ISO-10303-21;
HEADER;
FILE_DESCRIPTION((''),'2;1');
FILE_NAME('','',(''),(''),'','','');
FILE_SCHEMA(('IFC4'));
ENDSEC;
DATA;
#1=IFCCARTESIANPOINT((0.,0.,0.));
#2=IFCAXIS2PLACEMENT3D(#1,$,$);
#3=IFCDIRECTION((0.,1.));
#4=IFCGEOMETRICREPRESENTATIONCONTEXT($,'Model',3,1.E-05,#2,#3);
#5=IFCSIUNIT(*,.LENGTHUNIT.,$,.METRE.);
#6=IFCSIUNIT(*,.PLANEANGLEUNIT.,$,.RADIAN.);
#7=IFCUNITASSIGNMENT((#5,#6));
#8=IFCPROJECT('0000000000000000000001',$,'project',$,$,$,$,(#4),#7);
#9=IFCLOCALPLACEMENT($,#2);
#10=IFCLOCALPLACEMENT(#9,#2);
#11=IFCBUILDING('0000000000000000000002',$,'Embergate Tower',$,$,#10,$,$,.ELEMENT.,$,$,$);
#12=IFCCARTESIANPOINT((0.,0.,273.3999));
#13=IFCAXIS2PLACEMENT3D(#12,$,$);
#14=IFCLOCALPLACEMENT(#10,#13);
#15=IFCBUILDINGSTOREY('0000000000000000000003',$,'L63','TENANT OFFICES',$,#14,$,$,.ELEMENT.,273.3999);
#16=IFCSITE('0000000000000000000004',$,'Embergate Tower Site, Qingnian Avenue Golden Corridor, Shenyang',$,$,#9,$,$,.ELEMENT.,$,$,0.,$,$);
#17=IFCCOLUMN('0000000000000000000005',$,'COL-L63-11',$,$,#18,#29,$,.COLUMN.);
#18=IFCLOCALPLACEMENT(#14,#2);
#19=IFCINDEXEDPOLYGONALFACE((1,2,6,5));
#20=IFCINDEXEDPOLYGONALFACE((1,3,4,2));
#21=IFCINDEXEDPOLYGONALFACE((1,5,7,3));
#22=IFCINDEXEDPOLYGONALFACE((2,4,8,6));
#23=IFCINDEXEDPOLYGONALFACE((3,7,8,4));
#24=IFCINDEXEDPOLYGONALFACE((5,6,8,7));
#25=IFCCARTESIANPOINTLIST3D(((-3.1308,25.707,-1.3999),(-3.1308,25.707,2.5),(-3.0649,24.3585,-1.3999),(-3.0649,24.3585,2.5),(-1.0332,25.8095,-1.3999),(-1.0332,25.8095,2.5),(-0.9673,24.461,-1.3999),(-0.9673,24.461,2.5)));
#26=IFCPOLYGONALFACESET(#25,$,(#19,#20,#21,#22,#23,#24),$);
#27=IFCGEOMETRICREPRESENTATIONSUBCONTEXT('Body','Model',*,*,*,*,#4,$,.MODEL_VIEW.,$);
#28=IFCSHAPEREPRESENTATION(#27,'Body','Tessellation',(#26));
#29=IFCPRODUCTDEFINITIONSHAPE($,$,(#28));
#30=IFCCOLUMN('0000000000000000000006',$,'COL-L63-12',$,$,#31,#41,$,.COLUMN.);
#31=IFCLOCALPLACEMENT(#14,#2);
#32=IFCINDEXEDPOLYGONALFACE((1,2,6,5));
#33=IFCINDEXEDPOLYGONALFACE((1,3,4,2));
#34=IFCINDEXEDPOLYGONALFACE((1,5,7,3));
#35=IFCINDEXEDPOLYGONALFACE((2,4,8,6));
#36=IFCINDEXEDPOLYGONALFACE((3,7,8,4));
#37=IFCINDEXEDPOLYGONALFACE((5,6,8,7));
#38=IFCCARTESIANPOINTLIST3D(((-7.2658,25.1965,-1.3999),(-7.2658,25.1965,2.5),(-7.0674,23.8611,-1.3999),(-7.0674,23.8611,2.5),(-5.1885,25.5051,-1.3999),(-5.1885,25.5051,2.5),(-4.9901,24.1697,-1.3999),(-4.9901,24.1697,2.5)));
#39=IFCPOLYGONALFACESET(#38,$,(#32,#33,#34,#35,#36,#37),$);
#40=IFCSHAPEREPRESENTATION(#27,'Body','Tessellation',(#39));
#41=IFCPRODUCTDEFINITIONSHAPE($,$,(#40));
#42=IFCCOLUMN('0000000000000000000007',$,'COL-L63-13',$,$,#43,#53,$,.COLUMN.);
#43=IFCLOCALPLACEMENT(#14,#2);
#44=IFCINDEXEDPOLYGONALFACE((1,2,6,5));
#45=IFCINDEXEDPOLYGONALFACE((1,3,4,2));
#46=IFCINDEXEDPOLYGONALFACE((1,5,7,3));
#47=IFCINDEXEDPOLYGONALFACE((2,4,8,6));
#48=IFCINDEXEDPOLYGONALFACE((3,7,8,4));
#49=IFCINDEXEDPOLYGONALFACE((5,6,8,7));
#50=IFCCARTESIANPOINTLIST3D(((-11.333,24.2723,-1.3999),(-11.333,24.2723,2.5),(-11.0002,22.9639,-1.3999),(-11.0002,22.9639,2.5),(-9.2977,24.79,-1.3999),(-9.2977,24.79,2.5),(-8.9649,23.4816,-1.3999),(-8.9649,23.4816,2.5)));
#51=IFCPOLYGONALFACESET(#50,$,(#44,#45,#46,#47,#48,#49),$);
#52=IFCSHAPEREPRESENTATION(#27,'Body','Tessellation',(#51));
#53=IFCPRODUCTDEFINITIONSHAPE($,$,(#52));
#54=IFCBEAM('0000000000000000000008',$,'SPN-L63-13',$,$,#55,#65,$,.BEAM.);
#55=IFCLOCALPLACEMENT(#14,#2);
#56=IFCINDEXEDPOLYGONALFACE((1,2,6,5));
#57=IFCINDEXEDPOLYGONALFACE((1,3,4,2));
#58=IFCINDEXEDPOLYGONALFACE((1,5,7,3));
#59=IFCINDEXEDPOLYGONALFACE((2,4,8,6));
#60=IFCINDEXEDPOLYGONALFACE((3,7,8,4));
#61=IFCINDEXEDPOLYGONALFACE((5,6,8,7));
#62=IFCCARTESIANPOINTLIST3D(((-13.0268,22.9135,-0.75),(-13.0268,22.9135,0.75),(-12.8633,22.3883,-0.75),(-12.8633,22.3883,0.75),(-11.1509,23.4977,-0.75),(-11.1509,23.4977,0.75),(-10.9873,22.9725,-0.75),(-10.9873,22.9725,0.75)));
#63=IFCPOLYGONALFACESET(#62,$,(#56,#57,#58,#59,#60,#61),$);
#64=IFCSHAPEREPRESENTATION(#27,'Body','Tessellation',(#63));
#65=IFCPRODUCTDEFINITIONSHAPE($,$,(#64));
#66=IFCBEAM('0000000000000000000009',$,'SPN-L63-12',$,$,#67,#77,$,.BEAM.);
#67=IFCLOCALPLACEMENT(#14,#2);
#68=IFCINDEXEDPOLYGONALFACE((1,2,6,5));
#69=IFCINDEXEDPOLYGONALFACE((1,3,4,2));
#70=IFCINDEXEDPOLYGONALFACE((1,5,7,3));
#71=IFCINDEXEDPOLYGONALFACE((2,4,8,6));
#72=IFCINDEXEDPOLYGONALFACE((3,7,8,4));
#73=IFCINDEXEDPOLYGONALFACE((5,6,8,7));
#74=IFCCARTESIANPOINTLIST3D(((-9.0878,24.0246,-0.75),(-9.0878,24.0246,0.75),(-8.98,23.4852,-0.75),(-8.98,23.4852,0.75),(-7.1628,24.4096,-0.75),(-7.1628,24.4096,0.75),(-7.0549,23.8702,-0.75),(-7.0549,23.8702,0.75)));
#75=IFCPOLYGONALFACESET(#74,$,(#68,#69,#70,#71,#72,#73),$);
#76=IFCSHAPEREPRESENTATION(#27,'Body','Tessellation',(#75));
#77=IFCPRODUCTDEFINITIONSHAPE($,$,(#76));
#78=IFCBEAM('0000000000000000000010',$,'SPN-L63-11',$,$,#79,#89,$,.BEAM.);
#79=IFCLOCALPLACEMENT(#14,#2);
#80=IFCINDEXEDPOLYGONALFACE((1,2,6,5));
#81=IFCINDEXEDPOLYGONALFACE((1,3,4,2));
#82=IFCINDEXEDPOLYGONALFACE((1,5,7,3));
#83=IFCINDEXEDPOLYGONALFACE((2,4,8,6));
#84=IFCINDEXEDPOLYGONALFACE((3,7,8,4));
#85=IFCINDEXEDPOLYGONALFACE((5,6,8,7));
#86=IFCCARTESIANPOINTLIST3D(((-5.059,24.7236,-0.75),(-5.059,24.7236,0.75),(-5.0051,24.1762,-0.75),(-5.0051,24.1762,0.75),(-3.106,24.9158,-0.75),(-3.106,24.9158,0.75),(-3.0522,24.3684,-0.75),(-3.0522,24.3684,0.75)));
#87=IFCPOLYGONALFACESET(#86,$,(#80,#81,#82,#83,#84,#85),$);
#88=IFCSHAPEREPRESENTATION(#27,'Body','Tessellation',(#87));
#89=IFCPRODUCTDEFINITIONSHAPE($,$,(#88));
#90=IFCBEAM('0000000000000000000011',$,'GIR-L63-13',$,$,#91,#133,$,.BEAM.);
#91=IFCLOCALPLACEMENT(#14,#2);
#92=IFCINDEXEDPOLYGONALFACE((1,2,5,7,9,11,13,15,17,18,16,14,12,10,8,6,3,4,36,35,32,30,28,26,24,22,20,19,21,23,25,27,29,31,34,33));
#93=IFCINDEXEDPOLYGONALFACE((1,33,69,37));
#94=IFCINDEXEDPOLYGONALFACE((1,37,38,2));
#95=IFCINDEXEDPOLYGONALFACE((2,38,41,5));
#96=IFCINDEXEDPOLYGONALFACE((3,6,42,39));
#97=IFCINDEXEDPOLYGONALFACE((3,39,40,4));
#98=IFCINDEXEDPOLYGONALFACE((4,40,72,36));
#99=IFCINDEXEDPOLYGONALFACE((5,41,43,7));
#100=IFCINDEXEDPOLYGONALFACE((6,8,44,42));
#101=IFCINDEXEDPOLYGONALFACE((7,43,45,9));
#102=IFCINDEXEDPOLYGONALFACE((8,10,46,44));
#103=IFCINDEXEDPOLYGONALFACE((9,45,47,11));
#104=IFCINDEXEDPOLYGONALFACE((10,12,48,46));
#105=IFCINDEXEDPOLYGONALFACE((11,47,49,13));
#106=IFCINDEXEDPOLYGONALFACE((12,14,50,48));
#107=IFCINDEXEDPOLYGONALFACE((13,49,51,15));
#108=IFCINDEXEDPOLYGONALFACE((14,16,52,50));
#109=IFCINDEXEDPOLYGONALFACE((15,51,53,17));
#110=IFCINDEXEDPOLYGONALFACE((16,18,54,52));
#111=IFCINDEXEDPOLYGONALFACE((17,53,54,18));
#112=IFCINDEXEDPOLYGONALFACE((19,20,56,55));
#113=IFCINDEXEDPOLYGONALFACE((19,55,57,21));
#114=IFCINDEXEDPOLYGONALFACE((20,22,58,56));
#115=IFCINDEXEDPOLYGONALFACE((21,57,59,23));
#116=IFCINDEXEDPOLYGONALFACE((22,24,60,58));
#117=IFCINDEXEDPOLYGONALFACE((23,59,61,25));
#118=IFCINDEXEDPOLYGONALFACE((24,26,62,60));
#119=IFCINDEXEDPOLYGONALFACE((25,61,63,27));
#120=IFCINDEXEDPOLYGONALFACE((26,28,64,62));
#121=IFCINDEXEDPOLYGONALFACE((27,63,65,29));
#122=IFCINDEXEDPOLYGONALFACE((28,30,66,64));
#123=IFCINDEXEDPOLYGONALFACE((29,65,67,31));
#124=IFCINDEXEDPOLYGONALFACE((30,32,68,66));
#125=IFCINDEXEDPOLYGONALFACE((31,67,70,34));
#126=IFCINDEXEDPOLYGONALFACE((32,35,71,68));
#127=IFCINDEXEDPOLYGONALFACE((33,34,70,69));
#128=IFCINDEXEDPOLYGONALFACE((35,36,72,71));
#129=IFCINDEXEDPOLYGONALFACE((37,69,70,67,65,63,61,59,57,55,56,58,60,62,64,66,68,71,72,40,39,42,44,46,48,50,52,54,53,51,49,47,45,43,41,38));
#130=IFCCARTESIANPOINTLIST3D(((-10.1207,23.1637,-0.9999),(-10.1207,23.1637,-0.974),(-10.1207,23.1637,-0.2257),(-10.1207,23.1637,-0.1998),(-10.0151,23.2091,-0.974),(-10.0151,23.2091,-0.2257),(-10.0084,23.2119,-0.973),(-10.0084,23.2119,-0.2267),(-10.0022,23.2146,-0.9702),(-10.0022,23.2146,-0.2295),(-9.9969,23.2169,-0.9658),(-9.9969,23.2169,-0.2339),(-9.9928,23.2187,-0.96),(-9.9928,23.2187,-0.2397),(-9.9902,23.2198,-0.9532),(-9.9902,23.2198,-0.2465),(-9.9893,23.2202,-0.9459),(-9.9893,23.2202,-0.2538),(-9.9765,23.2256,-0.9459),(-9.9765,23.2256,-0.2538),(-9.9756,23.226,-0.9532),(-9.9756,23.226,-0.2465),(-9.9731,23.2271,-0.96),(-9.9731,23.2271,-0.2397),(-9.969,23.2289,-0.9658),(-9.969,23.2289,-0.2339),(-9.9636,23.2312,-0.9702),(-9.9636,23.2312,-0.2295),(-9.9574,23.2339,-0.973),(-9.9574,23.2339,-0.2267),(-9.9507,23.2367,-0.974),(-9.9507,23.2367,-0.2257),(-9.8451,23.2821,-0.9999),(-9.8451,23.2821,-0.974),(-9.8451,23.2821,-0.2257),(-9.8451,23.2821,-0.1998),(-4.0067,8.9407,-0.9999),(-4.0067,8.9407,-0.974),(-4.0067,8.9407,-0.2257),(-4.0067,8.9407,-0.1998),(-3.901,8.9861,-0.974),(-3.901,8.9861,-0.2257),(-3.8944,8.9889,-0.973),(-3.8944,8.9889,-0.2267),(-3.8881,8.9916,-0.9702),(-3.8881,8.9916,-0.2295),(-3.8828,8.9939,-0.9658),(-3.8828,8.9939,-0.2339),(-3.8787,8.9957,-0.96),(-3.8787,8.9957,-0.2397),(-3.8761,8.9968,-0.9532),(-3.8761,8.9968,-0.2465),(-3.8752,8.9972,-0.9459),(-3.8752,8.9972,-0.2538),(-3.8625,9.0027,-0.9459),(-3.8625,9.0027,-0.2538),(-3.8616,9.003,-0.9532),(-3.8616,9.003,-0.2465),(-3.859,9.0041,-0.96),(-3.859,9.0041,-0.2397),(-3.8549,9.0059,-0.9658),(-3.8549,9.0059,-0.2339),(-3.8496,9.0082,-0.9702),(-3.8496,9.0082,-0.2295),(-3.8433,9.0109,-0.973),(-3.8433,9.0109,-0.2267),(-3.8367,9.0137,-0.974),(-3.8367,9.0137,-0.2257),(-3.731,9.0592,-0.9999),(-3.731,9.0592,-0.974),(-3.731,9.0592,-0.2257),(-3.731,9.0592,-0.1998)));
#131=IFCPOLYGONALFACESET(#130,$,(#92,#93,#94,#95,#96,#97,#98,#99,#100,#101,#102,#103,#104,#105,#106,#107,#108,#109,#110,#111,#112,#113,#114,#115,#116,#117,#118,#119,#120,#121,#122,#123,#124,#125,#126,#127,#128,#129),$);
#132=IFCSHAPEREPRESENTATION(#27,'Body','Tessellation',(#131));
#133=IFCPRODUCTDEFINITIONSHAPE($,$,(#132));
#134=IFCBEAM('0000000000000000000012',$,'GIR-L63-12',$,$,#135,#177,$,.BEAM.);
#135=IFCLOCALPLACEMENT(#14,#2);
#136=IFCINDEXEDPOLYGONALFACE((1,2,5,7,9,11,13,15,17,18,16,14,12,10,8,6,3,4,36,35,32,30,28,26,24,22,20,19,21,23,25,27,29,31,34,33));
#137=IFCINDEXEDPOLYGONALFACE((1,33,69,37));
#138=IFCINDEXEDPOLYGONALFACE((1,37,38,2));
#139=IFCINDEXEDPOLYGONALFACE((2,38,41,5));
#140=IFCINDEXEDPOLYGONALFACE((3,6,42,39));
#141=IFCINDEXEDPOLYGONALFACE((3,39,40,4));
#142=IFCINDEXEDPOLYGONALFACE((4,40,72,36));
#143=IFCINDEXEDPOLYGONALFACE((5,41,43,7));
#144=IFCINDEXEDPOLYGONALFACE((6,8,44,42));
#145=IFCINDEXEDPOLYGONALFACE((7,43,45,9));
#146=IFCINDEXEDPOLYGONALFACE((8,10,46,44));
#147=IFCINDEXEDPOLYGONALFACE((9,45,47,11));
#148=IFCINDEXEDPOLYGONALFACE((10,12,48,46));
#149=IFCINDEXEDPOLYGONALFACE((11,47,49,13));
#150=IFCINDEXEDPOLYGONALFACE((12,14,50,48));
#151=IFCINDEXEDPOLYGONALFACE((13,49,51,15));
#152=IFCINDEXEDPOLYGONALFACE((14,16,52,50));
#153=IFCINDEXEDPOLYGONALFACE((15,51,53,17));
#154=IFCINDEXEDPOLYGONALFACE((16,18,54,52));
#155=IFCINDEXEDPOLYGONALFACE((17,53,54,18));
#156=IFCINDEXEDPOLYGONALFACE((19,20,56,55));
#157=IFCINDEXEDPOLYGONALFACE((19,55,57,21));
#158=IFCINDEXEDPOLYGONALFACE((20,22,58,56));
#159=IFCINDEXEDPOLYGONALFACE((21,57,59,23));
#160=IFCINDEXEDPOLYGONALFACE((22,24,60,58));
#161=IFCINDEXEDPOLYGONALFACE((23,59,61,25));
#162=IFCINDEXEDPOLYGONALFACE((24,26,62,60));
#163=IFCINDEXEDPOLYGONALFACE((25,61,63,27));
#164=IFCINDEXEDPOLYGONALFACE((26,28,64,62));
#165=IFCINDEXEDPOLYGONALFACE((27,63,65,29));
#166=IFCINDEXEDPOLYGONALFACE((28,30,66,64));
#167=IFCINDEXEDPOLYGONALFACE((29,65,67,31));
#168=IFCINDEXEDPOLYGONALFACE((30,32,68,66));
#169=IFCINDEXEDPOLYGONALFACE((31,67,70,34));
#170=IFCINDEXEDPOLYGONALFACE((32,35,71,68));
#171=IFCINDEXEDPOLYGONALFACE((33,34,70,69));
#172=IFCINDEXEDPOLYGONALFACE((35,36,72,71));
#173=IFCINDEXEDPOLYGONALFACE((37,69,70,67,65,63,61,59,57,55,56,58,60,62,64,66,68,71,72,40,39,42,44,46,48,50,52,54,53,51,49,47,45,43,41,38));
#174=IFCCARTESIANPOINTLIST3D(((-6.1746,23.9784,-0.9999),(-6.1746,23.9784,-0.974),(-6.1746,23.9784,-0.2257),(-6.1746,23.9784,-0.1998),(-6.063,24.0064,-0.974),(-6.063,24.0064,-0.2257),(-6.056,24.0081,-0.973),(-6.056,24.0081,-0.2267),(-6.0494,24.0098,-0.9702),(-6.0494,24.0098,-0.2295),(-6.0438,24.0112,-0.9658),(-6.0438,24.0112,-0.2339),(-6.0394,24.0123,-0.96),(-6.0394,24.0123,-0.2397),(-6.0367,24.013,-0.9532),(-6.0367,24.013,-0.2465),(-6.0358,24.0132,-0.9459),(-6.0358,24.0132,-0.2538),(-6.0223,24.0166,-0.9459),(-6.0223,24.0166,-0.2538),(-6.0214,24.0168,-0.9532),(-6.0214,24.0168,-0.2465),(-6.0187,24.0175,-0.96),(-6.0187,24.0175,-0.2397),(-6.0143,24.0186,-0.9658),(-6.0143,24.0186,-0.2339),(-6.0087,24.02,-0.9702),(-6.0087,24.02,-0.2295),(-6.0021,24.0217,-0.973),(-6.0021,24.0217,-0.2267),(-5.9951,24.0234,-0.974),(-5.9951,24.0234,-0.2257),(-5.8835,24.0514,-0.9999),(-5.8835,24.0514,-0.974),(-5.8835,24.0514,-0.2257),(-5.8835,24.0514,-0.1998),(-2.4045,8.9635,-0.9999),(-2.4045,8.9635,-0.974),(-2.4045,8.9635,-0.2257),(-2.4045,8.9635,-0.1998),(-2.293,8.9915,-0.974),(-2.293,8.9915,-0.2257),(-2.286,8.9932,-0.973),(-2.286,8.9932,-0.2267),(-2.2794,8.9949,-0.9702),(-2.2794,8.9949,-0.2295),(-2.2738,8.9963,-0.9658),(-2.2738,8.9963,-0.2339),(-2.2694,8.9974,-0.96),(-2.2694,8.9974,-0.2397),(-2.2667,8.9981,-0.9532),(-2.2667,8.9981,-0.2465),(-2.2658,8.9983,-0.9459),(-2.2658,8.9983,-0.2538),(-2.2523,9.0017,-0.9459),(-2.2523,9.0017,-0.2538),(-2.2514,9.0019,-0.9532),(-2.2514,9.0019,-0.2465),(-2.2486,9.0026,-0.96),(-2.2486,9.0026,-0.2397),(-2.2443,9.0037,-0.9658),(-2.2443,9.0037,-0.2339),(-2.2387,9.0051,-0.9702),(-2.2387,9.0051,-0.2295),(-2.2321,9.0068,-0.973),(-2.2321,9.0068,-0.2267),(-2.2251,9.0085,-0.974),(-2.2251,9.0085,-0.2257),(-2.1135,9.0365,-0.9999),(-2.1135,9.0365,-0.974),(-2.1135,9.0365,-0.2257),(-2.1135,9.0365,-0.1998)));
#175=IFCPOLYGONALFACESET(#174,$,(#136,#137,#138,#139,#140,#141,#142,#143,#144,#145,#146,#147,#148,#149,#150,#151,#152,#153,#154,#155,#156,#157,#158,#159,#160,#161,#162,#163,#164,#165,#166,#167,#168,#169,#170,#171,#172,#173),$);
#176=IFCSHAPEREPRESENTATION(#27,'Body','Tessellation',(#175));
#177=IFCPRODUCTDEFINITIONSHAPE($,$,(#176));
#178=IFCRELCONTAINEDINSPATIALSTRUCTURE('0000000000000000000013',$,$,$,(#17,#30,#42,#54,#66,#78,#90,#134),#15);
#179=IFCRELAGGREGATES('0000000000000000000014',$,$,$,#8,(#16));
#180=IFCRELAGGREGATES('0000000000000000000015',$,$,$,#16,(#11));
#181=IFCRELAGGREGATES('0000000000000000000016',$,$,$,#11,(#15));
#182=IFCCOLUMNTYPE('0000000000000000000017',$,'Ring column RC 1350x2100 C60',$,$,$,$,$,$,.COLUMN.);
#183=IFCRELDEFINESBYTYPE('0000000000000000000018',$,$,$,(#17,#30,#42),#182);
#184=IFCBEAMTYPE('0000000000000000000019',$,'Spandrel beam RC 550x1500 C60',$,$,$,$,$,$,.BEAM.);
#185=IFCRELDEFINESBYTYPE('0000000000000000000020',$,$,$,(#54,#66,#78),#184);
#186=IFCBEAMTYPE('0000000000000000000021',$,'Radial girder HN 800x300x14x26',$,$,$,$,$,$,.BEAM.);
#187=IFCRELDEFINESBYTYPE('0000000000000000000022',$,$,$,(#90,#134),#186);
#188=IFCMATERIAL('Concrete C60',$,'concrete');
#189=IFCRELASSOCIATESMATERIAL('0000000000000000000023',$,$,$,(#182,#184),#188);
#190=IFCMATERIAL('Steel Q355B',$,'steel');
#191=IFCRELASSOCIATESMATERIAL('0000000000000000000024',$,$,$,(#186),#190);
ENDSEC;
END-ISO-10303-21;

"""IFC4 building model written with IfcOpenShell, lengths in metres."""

from ifc_helpers import new_model, si_unit, direction, frame, origin, origin_2d, place, context, subcontext, project, spatial, rectangle, i_section, extrude, source, transform, mapped, material, material_profile, profile_set, type_object, element, save


model = new_model("IFC4")

# Units and contexts
model_context = context("Model", 3, precision=1e-05, world=origin(), true_north=direction((0.0, 1.0)))
body_context = subcontext(model_context, "Body", "Model", "MODEL_VIEW")
ifc_project = project(units=[si_unit("LENGTHUNIT", "METRE"), si_unit("PLANEANGLEUNIT", "RADIAN")], contexts=[model_context])

# Site, building, storey
site_placement = place(None, origin())
site = spatial("IfcSite", under=ifc_project, at=site_placement, Name="Embergate Tower Site, Qingnian Avenue Golden Corridor, Shenyang", CompositionType="ELEMENT", RefElevation=0.0)
building_placement = place(site_placement, origin())
building = spatial("IfcBuilding", under=site, at=building_placement, Name="Embergate Tower", CompositionType="ELEMENT")
storey_placement = place(building_placement, frame((0.0, 0.0, 273.3999)))
storey = spatial("IfcBuildingStorey", under=building, at=storey_placement, Name="L63", Description="TENANT OFFICES", CompositionType="ELEMENT", Elevation=273.3999)

# Columns
ifc_material_1 = material(Name="Concrete C60", Category="concrete")
ifc_material_profile_1 = material_profile(ifc_material_1, rectangle(XDim=1.3501, YDim=2.1001, at=origin_2d()), Name="RC 1350x2100")
ifc_profile_set_1 = profile_set([ifc_material_profile_1], Name="Concrete C60")
column_type = type_object("IfcColumnType", Name="Ring column RC 1350x2100 C60", PredefinedType="COLUMN", material=ifc_profile_set_1)
shared_shape_1 = source(origin(), body_context, "Body", "SweptSolid", [
    extrude(rectangle(XDim=1.3501, YDim=2.1001, at=origin_2d()), origin(), (0.0, 0.0, 1.0), 3.8999),
])
for number, where, z_axis, x_axis, name in (
    (1, (-2.0491, 25.084, -1.3999), (0.0, 0.0, 1.0), (-0.048815, 0.998808, 0.0), "COL-L63-11"),
    (2, (-6.1279, 24.6831, -1.3999), (0.0, 0.0, 1.0), (-0.146929, 0.989147, 0.0), "COL-L63-12"),
    (3, (-10.1489, 23.877, -1.3999), (0.0, 0.0, 1.0), (-0.246492, 0.969145, 0.0), "COL-L63-13"),
):
    element("IfcColumn", number, at=place(storey_placement, frame(where, z_axis=z_axis, x_axis=x_axis)), inside=storey, type_object=column_type, Name=name, PredefinedType="COLUMN", context=body_context, shape_type="MappedRepresentation", body=[
        mapped(shared_shape_1, transform((0.0, 0.0, 0.0))),
    ])

# Beams
ifc_material_profile_2 = material_profile(ifc_material_1, rectangle(XDim=0.55, YDim=1.5, at=origin_2d()), Name="RC 550x1500")
ifc_profile_set_2 = profile_set([ifc_material_profile_2], Name="Concrete C60")
beam_type_1 = type_object("IfcBeamType", Name="Spandrel beam RC 550x1500 C60", PredefinedType="BEAM", material=ifc_profile_set_2)
shared_shape_2 = source(origin(), body_context, "Body", "SweptSolid", [
    extrude(rectangle(XDim=0.55, YDim=1.5, at=origin_2d()), origin(), (0.0, 0.0, 1.0), 1.9648),
])
beam_1_placement = place(storey_placement, frame((-11.0691, 23.2351, 0.0), z_axis=(-0.954771, -0.297341, 0.0), x_axis=(0.297341, -0.954771, 0.0)))
element("IfcBeam", 4, at=beam_1_placement, inside=storey, type_object=beam_type_1, Name="SPN-L63-13", PredefinedType="BEAM", context=body_context, shape_type="MappedRepresentation", body=[
    mapped(shared_shape_2, transform((0.0, 0.0, 0.0))),
])
shared_shape_3 = source(origin(), body_context, "Body", "SweptSolid", [
    extrude(rectangle(XDim=0.55, YDim=1.5, at=origin_2d()), origin(), (0.0, 0.0, 1.0), 1.9631),
])
beam_2_placement = place(storey_placement, frame((-7.1089, 24.1399, 0.0), z_axis=(-0.980581, -0.196116, 0.0), x_axis=(0.196116, -0.980581, 0.0)))
element("IfcBeam", 5, at=beam_2_placement, inside=storey, type_object=beam_type_1, Name="SPN-L63-12", PredefinedType="BEAM", context=body_context, shape_type="MappedRepresentation", body=[
    mapped(shared_shape_3, transform((0.0, 0.0, 0.0))),
])
shared_shape_4 = source(origin(), body_context, "Body", "SweptSolid", [
    extrude(rectangle(XDim=0.55, YDim=1.5, at=origin_2d()), origin(), (0.0, 0.0, 1.0), 1.9624),
])
beam_3_placement = place(storey_placement, frame((-3.0791, 24.6421, 0.0), z_axis=(-0.995195, -0.097915, 0.0), x_axis=(0.097915, -0.995195, 0.0)))
element("IfcBeam", 6, at=beam_3_placement, inside=storey, type_object=beam_type_1, Name="SPN-L63-11", PredefinedType="BEAM", context=body_context, shape_type="MappedRepresentation", body=[
    mapped(shared_shape_4, transform((0.0, 0.0, 0.0))),
])
ifc_material_2 = material(Name="Steel Q355B", Category="steel")
ifc_material_profile_3 = material_profile(ifc_material_2, i_section(OverallWidth=0.3, OverallDepth=0.8, WebThickness=0.0139, FlangeThickness=0.0259, FilletRadius=0.0281, at=origin_2d()), Name="HN 800x300x14x26")
ifc_profile_set_3 = profile_set([ifc_material_profile_3], Name="Steel Q355 grade B")
beam_type_2 = type_object("IfcBeamType", Name="Radial girder HN 800x300x14x26", PredefinedType="BEAM", material=ifc_profile_set_3)
shared_shape_5 = source(origin(), body_context, "Body", "SweptSolid", [
    extrude(i_section(OverallWidth=0.3, OverallDepth=0.8, WebThickness=0.0139, FlangeThickness=0.0259, FilletRadius=0.0281, at=origin_2d()), origin(), (0.0, 0.0, 1.0), 15.4814),
])
beam_4_placement = place(storey_placement, frame((-9.9829, 23.2229, -0.5999), z_axis=(0.394928, -0.918712, 0.0), x_axis=(0.918712, 0.394928, 0.0)))
element("IfcBeam", 7, at=beam_4_placement, inside=storey, type_object=beam_type_2, Name="GIR-L63-13", PredefinedType="BEAM", context=body_context, shape_type="MappedRepresentation", body=[
    mapped(shared_shape_5, transform((0.0, 0.0, 0.0))),
])
shared_shape_6 = source(origin(), body_context, "Body", "SweptSolid", [
    extrude(i_section(OverallWidth=0.3, OverallDepth=0.8, WebThickness=0.0139, FlangeThickness=0.0259, FilletRadius=0.0281, at=origin_2d()), origin(), (0.0, 0.0, 1.0), 15.481),
])
beam_5_placement = place(storey_placement, frame((-6.0291, 24.0149, -0.5999), z_axis=(0.243526, -0.969894, 0.0), x_axis=(0.969894, 0.243526, 0.0)))
element("IfcBeam", 8, at=beam_5_placement, inside=storey, type_object=beam_type_2, Name="GIR-L63-12", PredefinedType="BEAM", context=body_context, shape_type="MappedRepresentation", body=[
    mapped(shared_shape_6, transform((0.0, 0.0, 0.0))),
])

save(model, "model.ifc")
